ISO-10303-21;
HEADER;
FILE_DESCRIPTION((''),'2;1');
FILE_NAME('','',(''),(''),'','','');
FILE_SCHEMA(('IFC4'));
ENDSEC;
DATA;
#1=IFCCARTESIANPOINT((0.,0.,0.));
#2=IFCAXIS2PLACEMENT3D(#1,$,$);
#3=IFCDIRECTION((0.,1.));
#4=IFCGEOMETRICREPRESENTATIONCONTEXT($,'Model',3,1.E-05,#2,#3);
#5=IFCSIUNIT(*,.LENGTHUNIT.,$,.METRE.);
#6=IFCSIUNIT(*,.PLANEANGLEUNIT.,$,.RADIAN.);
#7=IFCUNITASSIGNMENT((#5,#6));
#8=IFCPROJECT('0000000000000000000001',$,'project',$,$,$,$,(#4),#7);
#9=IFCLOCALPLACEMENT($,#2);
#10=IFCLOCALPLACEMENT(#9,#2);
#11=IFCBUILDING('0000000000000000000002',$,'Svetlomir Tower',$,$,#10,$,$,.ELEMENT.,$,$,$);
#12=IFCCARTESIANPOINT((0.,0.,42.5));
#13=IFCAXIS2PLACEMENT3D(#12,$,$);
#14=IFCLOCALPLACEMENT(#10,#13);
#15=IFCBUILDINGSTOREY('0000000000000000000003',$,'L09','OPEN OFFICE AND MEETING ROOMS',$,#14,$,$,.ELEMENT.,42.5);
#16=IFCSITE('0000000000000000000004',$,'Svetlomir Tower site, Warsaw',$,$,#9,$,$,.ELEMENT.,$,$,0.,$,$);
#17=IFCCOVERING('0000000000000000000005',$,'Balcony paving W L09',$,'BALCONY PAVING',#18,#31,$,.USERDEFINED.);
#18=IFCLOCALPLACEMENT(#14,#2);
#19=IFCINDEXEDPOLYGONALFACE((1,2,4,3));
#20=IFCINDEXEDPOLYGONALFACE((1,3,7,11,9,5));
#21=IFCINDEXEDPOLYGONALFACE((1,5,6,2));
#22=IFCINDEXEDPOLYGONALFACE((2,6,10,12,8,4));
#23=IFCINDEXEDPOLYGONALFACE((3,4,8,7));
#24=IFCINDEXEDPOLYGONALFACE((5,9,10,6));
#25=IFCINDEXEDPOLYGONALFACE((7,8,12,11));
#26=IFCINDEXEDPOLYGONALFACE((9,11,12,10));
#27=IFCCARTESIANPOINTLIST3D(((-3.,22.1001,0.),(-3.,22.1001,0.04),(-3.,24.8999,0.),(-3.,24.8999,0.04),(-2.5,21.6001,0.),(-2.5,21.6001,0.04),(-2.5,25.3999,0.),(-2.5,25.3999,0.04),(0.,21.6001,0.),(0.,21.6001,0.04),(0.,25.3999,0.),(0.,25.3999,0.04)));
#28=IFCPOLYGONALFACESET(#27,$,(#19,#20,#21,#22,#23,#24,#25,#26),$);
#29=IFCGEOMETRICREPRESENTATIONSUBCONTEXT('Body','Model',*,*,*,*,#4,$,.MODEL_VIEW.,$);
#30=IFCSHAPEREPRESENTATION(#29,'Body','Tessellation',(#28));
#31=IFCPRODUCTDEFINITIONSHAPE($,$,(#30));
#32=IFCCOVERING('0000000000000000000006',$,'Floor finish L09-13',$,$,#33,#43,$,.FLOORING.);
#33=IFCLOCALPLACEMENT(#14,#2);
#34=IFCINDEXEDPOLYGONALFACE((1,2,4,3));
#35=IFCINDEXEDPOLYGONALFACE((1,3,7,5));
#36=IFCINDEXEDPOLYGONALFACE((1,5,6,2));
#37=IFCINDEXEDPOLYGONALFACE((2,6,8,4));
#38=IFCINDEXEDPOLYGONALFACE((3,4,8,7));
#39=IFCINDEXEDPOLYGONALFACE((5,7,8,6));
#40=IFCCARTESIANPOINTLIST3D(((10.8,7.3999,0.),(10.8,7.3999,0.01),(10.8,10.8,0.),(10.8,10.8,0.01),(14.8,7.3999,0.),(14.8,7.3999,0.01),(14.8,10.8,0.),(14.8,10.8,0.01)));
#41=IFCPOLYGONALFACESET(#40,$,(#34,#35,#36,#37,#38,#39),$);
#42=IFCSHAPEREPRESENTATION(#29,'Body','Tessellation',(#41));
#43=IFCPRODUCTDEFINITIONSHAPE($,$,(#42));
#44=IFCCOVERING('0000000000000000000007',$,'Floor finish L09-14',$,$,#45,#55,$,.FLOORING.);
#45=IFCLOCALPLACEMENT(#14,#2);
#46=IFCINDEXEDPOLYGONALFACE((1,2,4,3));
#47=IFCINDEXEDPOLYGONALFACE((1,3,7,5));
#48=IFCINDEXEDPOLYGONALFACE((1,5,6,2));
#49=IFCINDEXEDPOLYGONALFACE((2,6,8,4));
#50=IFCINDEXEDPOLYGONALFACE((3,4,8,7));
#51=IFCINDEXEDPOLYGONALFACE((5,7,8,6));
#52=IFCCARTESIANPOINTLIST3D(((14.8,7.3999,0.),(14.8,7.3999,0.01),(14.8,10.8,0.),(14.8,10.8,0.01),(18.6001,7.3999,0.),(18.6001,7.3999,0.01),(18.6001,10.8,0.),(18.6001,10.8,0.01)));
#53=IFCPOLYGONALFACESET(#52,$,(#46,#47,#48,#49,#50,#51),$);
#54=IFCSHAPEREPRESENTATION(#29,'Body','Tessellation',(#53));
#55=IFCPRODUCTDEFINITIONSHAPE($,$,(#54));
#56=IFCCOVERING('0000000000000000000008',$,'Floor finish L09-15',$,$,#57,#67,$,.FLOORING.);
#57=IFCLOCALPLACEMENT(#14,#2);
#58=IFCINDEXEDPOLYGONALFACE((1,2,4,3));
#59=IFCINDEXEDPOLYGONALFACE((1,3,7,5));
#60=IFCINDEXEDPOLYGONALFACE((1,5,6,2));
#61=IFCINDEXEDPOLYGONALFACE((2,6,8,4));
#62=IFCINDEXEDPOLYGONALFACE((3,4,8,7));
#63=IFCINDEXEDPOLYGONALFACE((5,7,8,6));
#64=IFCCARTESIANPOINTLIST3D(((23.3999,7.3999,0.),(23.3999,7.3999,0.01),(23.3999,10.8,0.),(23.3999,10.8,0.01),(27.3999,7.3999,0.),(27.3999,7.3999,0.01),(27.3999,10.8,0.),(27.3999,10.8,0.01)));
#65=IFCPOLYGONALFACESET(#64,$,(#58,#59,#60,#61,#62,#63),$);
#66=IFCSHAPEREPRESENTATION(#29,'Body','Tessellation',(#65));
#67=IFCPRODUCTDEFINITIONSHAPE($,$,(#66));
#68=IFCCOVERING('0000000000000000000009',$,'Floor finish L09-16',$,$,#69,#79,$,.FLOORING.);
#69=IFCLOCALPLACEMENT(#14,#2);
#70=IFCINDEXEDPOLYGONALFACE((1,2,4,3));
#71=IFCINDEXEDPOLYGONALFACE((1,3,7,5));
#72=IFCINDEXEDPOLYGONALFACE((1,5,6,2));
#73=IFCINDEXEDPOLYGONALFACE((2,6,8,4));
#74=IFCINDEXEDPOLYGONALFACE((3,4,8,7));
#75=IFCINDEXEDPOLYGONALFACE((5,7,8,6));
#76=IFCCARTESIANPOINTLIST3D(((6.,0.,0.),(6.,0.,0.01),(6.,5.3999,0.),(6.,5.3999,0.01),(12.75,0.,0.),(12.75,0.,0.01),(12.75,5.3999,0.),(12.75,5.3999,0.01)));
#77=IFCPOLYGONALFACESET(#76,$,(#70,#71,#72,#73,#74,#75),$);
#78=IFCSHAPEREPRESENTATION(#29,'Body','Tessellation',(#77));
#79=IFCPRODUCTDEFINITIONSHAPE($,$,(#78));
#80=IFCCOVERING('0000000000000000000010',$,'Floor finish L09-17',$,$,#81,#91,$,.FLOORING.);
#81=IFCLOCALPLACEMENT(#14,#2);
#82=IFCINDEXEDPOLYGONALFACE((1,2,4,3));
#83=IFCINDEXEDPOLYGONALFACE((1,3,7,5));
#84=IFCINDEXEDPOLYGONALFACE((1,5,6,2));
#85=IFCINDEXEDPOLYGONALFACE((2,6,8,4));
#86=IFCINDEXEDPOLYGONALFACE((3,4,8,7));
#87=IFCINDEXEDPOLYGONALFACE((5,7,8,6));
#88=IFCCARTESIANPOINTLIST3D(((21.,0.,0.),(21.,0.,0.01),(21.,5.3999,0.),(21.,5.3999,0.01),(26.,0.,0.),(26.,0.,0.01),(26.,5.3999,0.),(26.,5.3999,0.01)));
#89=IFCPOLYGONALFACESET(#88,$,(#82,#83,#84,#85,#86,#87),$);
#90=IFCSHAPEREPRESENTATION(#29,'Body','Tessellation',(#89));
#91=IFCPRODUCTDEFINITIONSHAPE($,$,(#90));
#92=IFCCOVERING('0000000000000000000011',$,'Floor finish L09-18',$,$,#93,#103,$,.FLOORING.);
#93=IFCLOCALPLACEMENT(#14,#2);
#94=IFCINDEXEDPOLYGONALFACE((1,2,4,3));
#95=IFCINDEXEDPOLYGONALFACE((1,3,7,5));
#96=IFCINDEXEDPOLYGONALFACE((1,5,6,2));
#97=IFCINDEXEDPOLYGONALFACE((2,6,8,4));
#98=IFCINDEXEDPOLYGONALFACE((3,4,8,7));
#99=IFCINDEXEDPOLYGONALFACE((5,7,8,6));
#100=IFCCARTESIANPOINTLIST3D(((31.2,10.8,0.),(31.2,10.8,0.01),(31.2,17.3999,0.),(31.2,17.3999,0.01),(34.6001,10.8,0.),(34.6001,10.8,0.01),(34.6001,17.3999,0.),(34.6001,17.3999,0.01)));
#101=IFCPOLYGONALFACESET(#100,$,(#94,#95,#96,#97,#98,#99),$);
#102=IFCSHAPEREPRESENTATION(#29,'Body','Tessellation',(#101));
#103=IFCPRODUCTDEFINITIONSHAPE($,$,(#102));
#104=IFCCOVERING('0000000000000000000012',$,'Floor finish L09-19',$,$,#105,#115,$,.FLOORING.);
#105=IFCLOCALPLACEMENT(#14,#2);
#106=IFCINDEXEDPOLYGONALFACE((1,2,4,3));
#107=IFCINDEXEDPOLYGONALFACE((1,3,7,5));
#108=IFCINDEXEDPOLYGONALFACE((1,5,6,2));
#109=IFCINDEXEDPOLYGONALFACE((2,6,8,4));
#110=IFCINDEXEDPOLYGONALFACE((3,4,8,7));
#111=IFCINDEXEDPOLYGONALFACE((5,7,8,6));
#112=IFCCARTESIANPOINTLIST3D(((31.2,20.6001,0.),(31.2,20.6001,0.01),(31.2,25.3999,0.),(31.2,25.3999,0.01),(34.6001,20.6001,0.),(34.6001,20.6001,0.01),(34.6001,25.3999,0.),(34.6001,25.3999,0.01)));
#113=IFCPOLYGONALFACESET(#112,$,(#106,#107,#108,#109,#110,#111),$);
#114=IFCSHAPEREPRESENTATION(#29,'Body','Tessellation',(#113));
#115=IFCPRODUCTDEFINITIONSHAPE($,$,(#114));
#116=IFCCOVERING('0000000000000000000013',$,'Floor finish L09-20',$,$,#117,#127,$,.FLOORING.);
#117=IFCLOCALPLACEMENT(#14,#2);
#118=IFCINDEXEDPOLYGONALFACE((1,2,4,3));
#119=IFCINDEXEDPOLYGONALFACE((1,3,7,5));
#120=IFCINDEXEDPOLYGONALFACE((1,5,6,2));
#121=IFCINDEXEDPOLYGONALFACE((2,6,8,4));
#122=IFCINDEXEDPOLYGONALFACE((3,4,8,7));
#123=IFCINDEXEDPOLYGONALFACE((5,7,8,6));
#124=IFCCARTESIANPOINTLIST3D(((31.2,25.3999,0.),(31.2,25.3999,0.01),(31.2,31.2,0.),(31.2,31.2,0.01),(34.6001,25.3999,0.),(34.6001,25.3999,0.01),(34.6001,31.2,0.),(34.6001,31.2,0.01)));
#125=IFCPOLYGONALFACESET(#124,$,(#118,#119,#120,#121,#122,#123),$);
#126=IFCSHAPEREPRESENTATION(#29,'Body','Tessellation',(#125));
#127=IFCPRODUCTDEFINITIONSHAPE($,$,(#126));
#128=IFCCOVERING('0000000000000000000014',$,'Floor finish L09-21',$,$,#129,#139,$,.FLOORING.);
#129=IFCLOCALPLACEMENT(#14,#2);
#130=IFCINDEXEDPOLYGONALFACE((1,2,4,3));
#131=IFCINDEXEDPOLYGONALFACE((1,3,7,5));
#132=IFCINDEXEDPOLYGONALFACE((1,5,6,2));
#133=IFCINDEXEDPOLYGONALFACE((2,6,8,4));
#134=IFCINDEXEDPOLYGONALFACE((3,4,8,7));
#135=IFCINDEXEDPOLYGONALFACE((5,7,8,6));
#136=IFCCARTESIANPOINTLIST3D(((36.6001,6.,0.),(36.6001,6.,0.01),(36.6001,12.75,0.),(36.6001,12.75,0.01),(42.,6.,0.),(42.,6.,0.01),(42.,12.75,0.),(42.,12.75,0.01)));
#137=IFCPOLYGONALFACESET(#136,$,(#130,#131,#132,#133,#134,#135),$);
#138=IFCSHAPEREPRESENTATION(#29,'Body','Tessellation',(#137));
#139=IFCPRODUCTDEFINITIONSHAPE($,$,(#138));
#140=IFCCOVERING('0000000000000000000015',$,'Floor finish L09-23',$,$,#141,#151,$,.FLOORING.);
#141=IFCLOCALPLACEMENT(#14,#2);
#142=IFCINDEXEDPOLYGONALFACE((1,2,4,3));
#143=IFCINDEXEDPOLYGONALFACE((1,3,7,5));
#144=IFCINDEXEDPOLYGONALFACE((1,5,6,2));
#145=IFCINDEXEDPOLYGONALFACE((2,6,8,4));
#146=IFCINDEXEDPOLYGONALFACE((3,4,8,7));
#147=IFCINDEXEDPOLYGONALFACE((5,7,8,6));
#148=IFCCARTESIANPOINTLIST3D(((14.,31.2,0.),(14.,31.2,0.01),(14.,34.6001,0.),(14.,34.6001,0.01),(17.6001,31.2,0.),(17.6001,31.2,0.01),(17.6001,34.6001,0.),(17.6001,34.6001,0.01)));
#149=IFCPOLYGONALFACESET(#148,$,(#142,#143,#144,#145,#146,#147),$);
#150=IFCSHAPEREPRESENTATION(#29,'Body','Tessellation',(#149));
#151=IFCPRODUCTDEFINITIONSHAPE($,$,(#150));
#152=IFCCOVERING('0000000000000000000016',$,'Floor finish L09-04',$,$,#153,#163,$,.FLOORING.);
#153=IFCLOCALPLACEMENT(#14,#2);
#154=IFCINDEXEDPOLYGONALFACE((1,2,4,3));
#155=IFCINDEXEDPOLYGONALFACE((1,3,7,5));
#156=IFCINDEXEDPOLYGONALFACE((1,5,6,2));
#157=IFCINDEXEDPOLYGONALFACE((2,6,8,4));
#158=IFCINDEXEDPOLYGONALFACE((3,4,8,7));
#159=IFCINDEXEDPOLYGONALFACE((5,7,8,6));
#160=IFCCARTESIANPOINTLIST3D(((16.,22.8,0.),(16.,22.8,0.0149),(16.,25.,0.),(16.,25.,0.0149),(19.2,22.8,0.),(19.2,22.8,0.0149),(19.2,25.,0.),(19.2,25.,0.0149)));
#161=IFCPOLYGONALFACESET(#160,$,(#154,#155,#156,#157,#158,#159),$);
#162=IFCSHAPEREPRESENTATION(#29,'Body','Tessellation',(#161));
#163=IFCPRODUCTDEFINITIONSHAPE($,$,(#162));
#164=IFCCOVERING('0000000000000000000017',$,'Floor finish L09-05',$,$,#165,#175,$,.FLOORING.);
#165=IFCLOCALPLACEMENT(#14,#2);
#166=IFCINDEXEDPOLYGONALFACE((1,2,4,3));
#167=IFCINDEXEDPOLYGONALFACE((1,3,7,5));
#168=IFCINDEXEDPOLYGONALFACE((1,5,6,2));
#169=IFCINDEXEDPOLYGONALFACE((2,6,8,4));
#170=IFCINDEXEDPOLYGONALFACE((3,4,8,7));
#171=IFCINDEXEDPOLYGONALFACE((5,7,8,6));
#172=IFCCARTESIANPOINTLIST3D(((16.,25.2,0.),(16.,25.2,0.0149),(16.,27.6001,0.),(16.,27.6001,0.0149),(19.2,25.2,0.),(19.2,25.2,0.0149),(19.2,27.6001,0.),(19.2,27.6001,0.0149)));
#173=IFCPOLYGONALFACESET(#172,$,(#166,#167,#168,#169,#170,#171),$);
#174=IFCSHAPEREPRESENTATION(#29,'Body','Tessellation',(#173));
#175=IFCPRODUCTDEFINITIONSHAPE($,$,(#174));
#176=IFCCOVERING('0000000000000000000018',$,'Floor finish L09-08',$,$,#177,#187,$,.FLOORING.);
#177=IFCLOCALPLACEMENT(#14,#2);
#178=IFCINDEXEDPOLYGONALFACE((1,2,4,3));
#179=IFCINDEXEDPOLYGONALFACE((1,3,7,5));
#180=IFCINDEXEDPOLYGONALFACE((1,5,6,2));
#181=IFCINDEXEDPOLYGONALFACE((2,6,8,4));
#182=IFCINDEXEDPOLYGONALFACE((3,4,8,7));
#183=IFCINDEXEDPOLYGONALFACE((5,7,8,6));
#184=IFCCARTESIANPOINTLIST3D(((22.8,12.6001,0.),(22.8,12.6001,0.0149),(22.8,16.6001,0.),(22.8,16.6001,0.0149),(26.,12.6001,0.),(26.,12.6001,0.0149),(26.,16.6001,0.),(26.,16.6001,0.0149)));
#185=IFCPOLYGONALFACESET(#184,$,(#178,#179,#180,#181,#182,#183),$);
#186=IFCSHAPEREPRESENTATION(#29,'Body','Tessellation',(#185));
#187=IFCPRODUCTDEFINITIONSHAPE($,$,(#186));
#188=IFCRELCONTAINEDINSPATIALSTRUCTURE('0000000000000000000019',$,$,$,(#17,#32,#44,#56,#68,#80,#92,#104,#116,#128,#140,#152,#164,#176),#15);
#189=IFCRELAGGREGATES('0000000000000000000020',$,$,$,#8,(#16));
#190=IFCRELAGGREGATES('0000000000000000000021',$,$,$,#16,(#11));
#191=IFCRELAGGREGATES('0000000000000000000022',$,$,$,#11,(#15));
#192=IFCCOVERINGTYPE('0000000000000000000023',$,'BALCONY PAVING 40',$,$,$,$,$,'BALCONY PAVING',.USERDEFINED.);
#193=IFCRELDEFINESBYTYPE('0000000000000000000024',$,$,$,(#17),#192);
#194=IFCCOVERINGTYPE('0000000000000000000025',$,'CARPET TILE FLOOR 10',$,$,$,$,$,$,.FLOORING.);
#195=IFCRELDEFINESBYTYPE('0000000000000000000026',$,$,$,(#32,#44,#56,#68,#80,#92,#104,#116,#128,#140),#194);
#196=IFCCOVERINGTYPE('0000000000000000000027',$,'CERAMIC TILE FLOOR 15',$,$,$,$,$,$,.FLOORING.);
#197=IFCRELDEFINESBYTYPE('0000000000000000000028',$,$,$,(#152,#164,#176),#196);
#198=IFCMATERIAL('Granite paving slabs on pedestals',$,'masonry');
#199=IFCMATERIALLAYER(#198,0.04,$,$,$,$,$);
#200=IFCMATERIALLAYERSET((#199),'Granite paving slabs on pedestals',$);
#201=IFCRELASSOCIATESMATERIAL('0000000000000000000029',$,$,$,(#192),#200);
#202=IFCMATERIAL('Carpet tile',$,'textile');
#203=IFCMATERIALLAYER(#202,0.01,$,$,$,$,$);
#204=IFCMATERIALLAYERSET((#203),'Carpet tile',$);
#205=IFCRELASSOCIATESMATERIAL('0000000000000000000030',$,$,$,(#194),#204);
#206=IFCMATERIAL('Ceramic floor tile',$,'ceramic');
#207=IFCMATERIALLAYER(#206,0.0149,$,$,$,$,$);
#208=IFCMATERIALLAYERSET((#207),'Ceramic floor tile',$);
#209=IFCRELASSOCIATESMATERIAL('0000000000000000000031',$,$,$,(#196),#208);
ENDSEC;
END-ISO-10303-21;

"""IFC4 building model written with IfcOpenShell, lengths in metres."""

from ifc_helpers import new_model, si_unit, direction, frame, origin, place, context, subcontext, project, spatial, polyline, outline, extrude, material, layer, layer_set, type_object, element, save


model = new_model("IFC4")

# Units and contexts
model_context = context("Model", 3, precision=1e-05, world=origin(), true_north=direction((0.0, 1.0)))
body_context = subcontext(model_context, "Body", "Model", "MODEL_VIEW")
ifc_project = project(units=[si_unit("LENGTHUNIT", "METRE"), si_unit("PLANEANGLEUNIT", "RADIAN")], contexts=[model_context])

# Site, building, storey
site_placement = place(None, origin())
site = spatial("IfcSite", under=ifc_project, at=site_placement, Name="Svetlomir Tower site, Warsaw", CompositionType="ELEMENT", RefElevation=0.0)
building_placement = place(site_placement, origin())
building = spatial("IfcBuilding", under=site, at=building_placement, Name="Svetlomir Tower", CompositionType="ELEMENT")
storey_placement = place(building_placement, frame((0.0, 0.0, 42.5)))
storey = spatial("IfcBuildingStorey", under=building, at=storey_placement, Name="L09", Description="OPEN OFFICE AND MEETING ROOMS", CompositionType="ELEMENT", Elevation=42.5)

# Coverings
ifc_material_1 = material(Name="Granite paving slabs on pedestals", Category="masonry")
ifc_layer_1 = layer(ifc_material_1, 0.04)
ifc_layer_set_1 = layer_set([ifc_layer_1], Name="Granite paving slabs on pedestals")
covering_type_1 = type_object("IfcCoveringType", Name="BALCONY PAVING 40", ElementType="BALCONY PAVING", PredefinedType="USERDEFINED", material=ifc_layer_set_1)
covering_1_placement = place(storey_placement, origin())
element("IfcCovering", 1, at=covering_1_placement, inside=storey, type_object=covering_type_1, Name="Balcony paving W L09", ObjectType="BALCONY PAVING", PredefinedType="USERDEFINED", context=body_context, shape_type="SweptSolid", body=[
    extrude(outline(polyline([(-2.5, 21.6001), (0.0, 21.6001), (0.0, 25.3999), (-2.5, 25.3999), (-3.0, 24.8999), (-3.0, 22.1001), (-2.5, 21.6001)])), origin(), (0.0, 0.0, 1.0), 0.04),
])
ifc_material_2 = material(Name="Carpet tile", Category="textile")
ifc_layer_2 = layer(ifc_material_2, 0.01)
ifc_layer_set_2 = layer_set([ifc_layer_2], Name="Carpet tile")
covering_type_2 = type_object("IfcCoveringType", Name="CARPET TILE FLOOR 10", PredefinedType="FLOORING", material=ifc_layer_set_2)
covering_2_placement = place(storey_placement, origin())
element("IfcCovering", 2, at=covering_2_placement, inside=storey, type_object=covering_type_2, Name="Floor finish L09-13", PredefinedType="FLOORING", context=body_context, shape_type="SweptSolid", body=[
    extrude(outline(polyline([(10.8, 7.3999), (14.8, 7.3999), (14.8, 10.8), (10.8, 10.8), (10.8, 7.3999)])), origin(), (0.0, 0.0, 1.0), 0.01),
])
covering_3_placement = place(storey_placement, origin())
element("IfcCovering", 3, at=covering_3_placement, inside=storey, type_object=covering_type_2, Name="Floor finish L09-14", PredefinedType="FLOORING", context=body_context, shape_type="SweptSolid", body=[
    extrude(outline(polyline([(14.8, 7.3999), (18.6001, 7.3999), (18.6001, 10.8), (14.8, 10.8), (14.8, 7.3999)])), origin(), (0.0, 0.0, 1.0), 0.01),
])
covering_4_placement = place(storey_placement, origin())
element("IfcCovering", 4, at=covering_4_placement, inside=storey, type_object=covering_type_2, Name="Floor finish L09-15", PredefinedType="FLOORING", context=body_context, shape_type="SweptSolid", body=[
    extrude(outline(polyline([(23.3999, 7.3999), (27.3999, 7.3999), (27.3999, 10.8), (23.3999, 10.8), (23.3999, 7.3999)])), origin(), (0.0, 0.0, 1.0), 0.01),
])
covering_5_placement = place(storey_placement, origin())
element("IfcCovering", 5, at=covering_5_placement, inside=storey, type_object=covering_type_2, Name="Floor finish L09-16", PredefinedType="FLOORING", context=body_context, shape_type="SweptSolid", body=[
    extrude(outline(polyline([(6.0, 0.0), (12.75, 0.0), (12.75, 5.3999), (6.0, 5.3999), (6.0, 0.0)])), origin(), (0.0, 0.0, 1.0), 0.01),
])
covering_6_placement = place(storey_placement, origin())
element("IfcCovering", 6, at=covering_6_placement, inside=storey, type_object=covering_type_2, Name="Floor finish L09-17", PredefinedType="FLOORING", context=body_context, shape_type="SweptSolid", body=[
    extrude(outline(polyline([(21.0, 0.0), (26.0, 0.0), (26.0, 5.3999), (21.0, 5.3999), (21.0, 0.0)])), origin(), (0.0, 0.0, 1.0), 0.01),
])
covering_7_placement = place(storey_placement, origin())
element("IfcCovering", 7, at=covering_7_placement, inside=storey, type_object=covering_type_2, Name="Floor finish L09-18", PredefinedType="FLOORING", context=body_context, shape_type="SweptSolid", body=[
    extrude(outline(polyline([(31.2, 10.8), (34.6001, 10.8), (34.6001, 17.3999), (31.2, 17.3999), (31.2, 10.8)])), origin(), (0.0, 0.0, 1.0), 0.01),
])
covering_8_placement = place(storey_placement, origin())
element("IfcCovering", 8, at=covering_8_placement, inside=storey, type_object=covering_type_2, Name="Floor finish L09-19", PredefinedType="FLOORING", context=body_context, shape_type="SweptSolid", body=[
    extrude(outline(polyline([(31.2, 20.6001), (34.6001, 20.6001), (34.6001, 25.3999), (31.2, 25.3999), (31.2, 20.6001)])), origin(), (0.0, 0.0, 1.0), 0.01),
])
covering_9_placement = place(storey_placement, origin())
element("IfcCovering", 9, at=covering_9_placement, inside=storey, type_object=covering_type_2, Name="Floor finish L09-20", PredefinedType="FLOORING", context=body_context, shape_type="SweptSolid", body=[
    extrude(outline(polyline([(31.2, 25.3999), (34.6001, 25.3999), (34.6001, 31.2), (31.2, 31.2), (31.2, 25.3999)])), origin(), (0.0, 0.0, 1.0), 0.01),
])
covering_10_placement = place(storey_placement, origin())
element("IfcCovering", 10, at=covering_10_placement, inside=storey, type_object=covering_type_2, Name="Floor finish L09-21", PredefinedType="FLOORING", context=body_context, shape_type="SweptSolid", body=[
    extrude(outline(polyline([(36.6001, 6.0), (42.0, 6.0), (42.0, 12.75), (36.6001, 12.75), (36.6001, 6.0)])), origin(), (0.0, 0.0, 1.0), 0.01),
])
covering_11_placement = place(storey_placement, origin())
element("IfcCovering", 11, at=covering_11_placement, inside=storey, type_object=covering_type_2, Name="Floor finish L09-23", PredefinedType="FLOORING", context=body_context, shape_type="SweptSolid", body=[
    extrude(outline(polyline([(14.0, 31.2), (17.6001, 31.2), (17.6001, 34.6001), (14.0, 34.6001), (14.0, 31.2)])), origin(), (0.0, 0.0, 1.0), 0.01),
])
ifc_material_3 = material(Name="Ceramic floor tile", Category="ceramic")
ifc_layer_3 = layer(ifc_material_3, 0.0149)
ifc_layer_set_3 = layer_set([ifc_layer_3], Name="Ceramic floor tile")
covering_type_3 = type_object("IfcCoveringType", Name="CERAMIC TILE FLOOR 15", PredefinedType="FLOORING", material=ifc_layer_set_3)
covering_12_placement = place(storey_placement, origin())
element("IfcCovering", 12, at=covering_12_placement, inside=storey, type_object=covering_type_3, Name="Floor finish L09-04", PredefinedType="FLOORING", context=body_context, shape_type="SweptSolid", body=[
    extrude(outline(polyline([(16.0, 22.8), (19.2, 22.8), (19.2, 25.0), (16.0, 25.0), (16.0, 22.8)])), origin(), (0.0, 0.0, 1.0), 0.0149),
])
covering_13_placement = place(storey_placement, origin())
element("IfcCovering", 13, at=covering_13_placement, inside=storey, type_object=covering_type_3, Name="Floor finish L09-05", PredefinedType="FLOORING", context=body_context, shape_type="SweptSolid", body=[
    extrude(outline(polyline([(16.0, 25.2), (19.2, 25.2), (19.2, 27.6001), (16.0, 27.6001), (16.0, 25.2)])), origin(), (0.0, 0.0, 1.0), 0.0149),
])
covering_14_placement = place(storey_placement, origin())
element("IfcCovering", 14, at=covering_14_placement, inside=storey, type_object=covering_type_3, Name="Floor finish L09-08", PredefinedType="FLOORING", context=body_context, shape_type="SweptSolid", body=[
    extrude(outline(polyline([(22.8, 12.6001), (26.0, 12.6001), (26.0, 16.6001), (22.8, 16.6001), (22.8, 12.6001)])), origin(), (0.0, 0.0, 1.0), 0.0149),
])

save(model, "model.ifc")
